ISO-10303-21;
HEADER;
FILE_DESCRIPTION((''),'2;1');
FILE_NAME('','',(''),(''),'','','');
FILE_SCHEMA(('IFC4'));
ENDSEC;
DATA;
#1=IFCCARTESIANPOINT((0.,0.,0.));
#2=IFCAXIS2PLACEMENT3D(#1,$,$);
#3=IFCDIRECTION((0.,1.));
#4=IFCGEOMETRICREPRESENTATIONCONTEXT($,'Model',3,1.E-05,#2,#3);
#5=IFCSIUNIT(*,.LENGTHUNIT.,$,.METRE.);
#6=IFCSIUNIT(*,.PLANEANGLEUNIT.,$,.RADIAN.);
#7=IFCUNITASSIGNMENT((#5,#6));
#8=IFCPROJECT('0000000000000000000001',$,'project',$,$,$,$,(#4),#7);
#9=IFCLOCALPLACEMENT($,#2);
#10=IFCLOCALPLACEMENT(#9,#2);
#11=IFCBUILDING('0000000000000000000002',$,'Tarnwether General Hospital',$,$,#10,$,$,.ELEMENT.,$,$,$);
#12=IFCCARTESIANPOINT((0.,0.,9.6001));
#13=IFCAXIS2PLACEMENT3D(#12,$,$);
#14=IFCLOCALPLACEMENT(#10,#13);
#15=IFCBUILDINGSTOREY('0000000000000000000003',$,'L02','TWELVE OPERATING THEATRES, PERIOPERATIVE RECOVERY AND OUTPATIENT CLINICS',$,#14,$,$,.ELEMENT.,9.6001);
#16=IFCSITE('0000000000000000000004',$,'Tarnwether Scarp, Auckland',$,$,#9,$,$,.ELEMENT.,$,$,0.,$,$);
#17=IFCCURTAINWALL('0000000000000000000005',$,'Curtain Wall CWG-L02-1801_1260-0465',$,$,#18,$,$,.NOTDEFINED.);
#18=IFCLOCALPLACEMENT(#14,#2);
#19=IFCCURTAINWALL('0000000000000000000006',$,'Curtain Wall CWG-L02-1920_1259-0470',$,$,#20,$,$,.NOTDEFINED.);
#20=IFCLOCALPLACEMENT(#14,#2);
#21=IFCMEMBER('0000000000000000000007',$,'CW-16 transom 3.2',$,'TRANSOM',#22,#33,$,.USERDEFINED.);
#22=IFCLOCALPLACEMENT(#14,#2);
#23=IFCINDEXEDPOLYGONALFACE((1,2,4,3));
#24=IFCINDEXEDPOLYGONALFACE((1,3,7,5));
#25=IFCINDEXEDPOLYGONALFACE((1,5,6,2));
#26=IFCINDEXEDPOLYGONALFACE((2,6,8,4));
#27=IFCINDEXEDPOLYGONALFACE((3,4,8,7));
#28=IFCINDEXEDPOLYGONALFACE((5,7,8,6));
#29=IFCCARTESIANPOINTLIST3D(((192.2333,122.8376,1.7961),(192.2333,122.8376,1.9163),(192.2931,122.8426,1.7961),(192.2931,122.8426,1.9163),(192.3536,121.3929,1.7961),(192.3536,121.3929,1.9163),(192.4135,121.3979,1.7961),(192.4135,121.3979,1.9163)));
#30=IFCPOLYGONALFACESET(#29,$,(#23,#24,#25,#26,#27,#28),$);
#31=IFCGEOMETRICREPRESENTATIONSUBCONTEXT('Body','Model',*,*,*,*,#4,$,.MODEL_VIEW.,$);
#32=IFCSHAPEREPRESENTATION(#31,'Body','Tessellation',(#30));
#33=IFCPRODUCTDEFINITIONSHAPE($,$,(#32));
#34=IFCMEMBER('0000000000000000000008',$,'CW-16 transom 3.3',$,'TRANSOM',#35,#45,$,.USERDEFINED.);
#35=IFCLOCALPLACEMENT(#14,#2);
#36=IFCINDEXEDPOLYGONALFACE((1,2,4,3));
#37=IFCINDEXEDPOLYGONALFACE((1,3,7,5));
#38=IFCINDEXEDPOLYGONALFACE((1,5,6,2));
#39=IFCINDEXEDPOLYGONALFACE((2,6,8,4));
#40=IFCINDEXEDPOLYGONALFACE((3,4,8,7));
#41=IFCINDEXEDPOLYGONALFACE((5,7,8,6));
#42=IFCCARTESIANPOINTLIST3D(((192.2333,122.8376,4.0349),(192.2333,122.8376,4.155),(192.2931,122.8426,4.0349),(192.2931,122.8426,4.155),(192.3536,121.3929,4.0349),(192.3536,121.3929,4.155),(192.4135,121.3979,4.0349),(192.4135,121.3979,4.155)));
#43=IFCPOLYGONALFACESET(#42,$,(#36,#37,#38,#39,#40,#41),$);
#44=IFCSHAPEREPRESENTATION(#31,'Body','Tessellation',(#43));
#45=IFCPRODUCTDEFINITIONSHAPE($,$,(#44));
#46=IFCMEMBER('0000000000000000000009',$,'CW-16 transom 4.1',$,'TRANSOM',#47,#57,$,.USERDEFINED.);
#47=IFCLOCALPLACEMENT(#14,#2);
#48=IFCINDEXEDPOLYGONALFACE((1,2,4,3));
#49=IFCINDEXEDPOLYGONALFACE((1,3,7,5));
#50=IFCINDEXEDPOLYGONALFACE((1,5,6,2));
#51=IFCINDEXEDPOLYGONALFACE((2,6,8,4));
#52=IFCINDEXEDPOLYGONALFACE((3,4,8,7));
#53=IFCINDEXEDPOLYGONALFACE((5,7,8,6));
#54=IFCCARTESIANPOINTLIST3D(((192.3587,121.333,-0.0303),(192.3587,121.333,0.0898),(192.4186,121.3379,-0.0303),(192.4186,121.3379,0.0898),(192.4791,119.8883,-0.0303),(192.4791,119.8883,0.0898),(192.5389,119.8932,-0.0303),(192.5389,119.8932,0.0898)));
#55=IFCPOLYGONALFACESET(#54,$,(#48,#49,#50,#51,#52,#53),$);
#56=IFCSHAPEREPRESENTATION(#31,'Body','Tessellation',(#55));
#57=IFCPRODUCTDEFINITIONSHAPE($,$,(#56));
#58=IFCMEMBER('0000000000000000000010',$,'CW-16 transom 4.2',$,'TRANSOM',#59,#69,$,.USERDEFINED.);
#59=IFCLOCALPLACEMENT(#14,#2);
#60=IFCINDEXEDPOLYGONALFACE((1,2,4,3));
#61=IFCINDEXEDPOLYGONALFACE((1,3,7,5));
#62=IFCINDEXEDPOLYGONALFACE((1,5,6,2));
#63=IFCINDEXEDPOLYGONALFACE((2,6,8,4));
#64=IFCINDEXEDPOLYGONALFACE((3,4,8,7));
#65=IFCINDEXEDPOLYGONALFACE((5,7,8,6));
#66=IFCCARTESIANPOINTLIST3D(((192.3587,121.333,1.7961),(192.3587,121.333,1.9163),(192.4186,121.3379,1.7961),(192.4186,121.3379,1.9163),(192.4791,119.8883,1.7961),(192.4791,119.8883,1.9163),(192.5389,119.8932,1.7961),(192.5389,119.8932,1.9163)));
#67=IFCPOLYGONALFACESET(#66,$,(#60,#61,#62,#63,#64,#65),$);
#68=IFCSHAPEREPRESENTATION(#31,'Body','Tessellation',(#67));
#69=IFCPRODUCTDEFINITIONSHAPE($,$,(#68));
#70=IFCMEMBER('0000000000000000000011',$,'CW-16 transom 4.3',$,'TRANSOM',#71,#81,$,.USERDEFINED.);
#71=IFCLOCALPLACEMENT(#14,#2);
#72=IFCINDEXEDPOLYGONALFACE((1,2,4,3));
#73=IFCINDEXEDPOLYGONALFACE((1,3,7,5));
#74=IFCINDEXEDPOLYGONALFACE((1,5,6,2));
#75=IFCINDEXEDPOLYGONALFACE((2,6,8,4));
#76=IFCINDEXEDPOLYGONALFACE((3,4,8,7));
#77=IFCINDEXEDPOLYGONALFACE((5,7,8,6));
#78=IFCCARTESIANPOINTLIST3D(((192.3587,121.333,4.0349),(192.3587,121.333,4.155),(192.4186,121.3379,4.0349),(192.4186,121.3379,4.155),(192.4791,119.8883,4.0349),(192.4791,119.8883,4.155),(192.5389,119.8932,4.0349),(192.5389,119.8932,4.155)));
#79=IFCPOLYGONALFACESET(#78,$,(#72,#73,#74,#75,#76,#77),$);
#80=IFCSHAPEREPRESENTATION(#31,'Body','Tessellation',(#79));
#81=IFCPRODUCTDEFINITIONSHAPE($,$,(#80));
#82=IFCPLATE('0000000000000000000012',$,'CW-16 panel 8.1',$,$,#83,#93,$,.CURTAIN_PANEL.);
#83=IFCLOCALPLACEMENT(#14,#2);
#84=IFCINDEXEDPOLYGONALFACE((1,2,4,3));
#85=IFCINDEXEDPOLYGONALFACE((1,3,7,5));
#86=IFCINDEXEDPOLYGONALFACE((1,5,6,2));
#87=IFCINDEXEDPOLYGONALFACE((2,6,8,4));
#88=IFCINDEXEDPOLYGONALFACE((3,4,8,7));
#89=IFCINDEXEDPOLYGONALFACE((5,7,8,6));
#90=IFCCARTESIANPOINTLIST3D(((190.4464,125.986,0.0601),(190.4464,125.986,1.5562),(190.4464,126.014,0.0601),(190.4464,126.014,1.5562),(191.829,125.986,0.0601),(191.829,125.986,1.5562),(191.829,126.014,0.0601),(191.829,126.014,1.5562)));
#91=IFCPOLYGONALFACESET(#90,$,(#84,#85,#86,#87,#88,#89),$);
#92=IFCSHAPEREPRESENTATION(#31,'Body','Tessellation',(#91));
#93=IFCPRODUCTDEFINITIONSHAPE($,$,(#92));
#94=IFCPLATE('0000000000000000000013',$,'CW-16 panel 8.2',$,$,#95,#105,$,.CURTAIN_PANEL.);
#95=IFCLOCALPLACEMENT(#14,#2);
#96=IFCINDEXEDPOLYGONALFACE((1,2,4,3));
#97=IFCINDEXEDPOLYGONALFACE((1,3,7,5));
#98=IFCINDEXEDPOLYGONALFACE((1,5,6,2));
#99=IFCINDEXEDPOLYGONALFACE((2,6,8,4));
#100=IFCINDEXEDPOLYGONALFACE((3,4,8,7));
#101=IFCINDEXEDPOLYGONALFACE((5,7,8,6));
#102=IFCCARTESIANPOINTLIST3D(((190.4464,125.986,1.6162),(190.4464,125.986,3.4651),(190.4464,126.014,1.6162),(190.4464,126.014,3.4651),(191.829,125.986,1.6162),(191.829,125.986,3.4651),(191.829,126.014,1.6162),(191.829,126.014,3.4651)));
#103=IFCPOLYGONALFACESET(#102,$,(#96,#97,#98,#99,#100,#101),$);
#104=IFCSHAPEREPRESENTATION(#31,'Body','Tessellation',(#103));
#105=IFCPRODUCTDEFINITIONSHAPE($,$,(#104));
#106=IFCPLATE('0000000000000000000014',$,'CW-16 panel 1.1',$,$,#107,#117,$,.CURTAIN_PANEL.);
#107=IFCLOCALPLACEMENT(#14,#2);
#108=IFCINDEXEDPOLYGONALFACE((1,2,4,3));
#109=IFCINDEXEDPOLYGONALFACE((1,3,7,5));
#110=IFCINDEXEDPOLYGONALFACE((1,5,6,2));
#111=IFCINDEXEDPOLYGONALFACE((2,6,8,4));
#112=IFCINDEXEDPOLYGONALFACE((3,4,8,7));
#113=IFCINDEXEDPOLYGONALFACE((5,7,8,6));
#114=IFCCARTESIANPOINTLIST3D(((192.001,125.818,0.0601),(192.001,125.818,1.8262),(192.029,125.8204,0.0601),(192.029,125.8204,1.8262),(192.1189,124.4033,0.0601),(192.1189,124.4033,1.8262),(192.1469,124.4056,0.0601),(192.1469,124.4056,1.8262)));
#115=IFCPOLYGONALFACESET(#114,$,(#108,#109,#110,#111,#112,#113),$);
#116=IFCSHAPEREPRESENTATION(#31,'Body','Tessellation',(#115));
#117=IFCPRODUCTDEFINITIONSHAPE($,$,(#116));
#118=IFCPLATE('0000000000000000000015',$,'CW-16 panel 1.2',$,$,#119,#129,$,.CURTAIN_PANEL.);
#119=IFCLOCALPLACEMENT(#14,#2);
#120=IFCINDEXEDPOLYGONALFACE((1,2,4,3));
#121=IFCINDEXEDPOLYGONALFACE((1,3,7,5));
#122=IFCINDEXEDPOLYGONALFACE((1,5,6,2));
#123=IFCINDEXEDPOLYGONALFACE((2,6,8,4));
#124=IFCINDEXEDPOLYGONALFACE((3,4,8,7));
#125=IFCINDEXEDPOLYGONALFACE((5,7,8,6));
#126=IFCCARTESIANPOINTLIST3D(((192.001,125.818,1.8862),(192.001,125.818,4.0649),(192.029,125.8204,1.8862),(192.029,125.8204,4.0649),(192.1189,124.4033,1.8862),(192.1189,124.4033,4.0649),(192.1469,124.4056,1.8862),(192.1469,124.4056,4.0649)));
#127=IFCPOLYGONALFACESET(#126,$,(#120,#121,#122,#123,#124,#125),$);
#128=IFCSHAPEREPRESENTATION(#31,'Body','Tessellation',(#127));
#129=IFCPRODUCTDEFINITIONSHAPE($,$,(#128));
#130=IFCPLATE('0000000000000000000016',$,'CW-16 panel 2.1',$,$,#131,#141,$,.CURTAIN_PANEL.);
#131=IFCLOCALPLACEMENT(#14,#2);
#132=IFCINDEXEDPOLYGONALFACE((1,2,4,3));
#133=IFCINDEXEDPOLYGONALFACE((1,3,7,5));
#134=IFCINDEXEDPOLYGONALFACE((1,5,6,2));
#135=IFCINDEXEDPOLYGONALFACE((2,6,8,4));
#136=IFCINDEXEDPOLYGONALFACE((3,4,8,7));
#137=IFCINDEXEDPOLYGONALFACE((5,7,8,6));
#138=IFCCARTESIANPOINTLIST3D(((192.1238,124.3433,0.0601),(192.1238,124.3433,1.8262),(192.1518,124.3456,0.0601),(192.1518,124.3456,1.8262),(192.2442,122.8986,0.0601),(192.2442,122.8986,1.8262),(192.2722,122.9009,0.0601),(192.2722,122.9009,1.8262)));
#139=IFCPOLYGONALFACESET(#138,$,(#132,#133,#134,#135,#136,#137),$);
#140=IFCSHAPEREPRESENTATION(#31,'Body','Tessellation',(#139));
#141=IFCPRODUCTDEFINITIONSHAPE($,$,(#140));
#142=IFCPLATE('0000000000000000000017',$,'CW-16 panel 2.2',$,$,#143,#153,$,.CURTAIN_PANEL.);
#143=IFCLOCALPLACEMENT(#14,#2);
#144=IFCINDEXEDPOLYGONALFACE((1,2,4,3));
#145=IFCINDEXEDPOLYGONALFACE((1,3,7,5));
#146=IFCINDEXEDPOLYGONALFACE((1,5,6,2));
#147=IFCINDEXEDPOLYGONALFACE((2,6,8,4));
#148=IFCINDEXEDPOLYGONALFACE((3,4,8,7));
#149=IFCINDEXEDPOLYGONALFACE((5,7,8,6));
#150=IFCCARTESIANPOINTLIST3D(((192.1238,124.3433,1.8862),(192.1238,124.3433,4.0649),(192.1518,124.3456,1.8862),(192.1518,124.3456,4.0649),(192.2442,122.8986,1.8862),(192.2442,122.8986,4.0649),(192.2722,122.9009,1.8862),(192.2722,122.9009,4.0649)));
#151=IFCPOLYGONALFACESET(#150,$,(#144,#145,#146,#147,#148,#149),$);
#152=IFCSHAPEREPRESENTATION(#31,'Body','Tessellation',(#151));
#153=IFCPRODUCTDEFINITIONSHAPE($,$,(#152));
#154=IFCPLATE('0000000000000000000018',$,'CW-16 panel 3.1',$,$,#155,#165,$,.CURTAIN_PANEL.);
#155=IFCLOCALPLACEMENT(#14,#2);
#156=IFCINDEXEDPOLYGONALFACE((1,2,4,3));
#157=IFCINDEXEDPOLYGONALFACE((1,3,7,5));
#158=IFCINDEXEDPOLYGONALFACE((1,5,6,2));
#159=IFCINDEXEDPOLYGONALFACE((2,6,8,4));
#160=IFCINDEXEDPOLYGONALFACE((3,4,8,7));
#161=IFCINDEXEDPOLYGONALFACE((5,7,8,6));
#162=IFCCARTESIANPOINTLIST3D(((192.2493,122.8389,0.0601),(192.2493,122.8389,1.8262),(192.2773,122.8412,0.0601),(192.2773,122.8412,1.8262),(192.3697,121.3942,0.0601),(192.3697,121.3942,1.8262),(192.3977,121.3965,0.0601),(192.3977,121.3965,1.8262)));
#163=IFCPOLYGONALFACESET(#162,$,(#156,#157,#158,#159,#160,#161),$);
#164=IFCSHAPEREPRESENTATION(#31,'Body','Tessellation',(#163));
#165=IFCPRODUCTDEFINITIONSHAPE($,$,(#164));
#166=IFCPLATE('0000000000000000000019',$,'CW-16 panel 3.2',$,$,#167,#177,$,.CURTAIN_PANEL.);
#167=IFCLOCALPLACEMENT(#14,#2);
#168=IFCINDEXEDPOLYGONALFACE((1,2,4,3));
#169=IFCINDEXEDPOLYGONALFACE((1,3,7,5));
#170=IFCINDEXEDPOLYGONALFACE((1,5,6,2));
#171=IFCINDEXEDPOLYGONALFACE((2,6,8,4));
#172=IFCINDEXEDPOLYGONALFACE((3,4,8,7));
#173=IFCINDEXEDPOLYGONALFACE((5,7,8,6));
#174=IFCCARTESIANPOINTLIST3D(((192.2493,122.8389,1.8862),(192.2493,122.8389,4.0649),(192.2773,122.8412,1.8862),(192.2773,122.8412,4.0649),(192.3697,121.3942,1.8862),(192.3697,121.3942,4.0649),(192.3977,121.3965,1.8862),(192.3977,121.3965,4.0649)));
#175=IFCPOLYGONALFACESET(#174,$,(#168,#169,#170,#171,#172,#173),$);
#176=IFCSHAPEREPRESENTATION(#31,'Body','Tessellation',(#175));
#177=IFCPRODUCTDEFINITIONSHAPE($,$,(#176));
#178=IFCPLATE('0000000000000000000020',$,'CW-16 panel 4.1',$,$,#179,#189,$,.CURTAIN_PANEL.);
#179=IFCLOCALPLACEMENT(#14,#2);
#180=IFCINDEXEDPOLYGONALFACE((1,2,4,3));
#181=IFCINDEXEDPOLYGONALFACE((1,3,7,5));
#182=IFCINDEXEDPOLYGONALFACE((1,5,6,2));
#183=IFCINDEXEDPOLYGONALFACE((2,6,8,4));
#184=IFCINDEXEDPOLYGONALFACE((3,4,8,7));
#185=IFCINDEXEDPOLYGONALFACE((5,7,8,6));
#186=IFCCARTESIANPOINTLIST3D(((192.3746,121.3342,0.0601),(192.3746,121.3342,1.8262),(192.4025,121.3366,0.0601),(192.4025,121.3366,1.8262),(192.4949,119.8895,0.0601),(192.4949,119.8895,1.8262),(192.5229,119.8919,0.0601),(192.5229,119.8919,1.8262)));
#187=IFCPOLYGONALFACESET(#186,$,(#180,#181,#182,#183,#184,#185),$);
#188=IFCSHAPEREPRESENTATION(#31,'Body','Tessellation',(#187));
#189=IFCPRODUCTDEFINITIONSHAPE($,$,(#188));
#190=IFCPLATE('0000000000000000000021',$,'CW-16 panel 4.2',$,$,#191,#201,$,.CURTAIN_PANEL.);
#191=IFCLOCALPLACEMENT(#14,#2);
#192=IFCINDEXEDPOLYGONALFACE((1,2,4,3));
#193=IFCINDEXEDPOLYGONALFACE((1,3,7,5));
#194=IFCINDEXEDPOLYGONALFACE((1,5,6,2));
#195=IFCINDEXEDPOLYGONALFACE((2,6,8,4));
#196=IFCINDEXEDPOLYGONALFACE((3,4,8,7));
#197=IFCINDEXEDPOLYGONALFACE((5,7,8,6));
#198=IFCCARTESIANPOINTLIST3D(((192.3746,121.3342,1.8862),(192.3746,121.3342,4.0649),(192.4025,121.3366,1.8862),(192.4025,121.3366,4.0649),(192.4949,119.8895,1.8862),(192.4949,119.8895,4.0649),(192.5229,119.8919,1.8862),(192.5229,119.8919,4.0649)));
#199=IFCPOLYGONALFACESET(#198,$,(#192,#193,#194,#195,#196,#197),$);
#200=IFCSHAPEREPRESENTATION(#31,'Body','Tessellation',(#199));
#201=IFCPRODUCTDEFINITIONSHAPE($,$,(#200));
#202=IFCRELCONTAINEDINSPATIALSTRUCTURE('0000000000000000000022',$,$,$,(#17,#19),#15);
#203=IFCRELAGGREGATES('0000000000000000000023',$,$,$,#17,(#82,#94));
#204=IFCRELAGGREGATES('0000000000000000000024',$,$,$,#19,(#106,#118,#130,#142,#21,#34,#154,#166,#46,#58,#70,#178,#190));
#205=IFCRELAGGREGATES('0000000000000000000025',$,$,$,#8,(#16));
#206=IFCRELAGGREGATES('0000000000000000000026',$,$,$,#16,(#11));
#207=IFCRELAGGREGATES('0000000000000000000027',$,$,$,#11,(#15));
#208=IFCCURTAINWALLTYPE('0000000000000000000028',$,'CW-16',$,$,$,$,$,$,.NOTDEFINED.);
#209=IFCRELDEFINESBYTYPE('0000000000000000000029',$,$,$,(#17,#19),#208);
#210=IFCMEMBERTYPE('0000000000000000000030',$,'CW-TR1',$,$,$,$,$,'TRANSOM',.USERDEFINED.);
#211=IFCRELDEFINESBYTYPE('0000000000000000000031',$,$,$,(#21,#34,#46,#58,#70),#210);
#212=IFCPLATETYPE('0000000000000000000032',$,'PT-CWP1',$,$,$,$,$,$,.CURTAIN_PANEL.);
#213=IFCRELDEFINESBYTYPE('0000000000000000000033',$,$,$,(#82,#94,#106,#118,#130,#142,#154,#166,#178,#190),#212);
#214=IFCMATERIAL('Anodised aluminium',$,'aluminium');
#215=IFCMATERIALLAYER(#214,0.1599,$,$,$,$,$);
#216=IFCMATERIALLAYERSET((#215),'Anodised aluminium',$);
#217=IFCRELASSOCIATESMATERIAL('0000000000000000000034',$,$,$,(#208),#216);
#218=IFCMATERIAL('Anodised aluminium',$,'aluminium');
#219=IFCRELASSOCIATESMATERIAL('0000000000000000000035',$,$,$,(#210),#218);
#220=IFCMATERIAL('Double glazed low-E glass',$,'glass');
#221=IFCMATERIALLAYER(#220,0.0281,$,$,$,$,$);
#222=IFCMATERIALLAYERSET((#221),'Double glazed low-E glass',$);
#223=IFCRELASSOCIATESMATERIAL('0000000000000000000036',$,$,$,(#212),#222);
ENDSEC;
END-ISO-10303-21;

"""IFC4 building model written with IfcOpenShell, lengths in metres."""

from ifc_helpers import new_model, si_unit, direction, frame, origin, origin_2d, place, context, subcontext, project, spatial, rectangle, extrude, material, layer, layer_set, material_profile, profile_set, type_object, element, aggregate, save


model = new_model("IFC4")

# Units and contexts
model_context = context("Model", 3, precision=1e-05, world=origin(), true_north=direction((0.0, 1.0)))
body_context = subcontext(model_context, "Body", "Model", "MODEL_VIEW")
ifc_project = project(units=[si_unit("LENGTHUNIT", "METRE"), si_unit("PLANEANGLEUNIT", "RADIAN")], contexts=[model_context])

# Site, building, storey
site_placement = place(None, origin())
site = spatial("IfcSite", under=ifc_project, at=site_placement, Name="Tarnwether Scarp, Auckland", CompositionType="ELEMENT", RefElevation=0.0)
building_placement = place(site_placement, origin())
building = spatial("IfcBuilding", under=site, at=building_placement, Name="Tarnwether General Hospital", CompositionType="ELEMENT")
storey_placement = place(building_placement, frame((0.0, 0.0, 9.6001)))
storey = spatial("IfcBuildingStorey", under=building, at=storey_placement, Name="L02", Description="TWELVE OPERATING THEATRES, PERIOPERATIVE RECOVERY AND OUTPATIENT CLINICS", CompositionType="ELEMENT", Elevation=9.6001)

# Curtain wall
ifc_material_1 = material(Name="Anodised aluminium", Category="aluminium")
ifc_layer_1 = layer(ifc_material_1, 0.1599)
ifc_layer_set_1 = layer_set([ifc_layer_1], Name="Anodised aluminium")
curtain_wall_type = type_object("IfcCurtainWallType", Name="CW-16", PredefinedType="NOTDEFINED", material=ifc_layer_set_1)
curtain_wall_1_placement = place(storey_placement, origin())
curtain_wall_1 = element("IfcCurtainWall", 1, at=curtain_wall_1_placement, inside=storey, type_object=curtain_wall_type, Name="Curtain Wall CWG-L02-1801_1260-0465", PredefinedType="NOTDEFINED")

# Curtain wall, members
curtain_wall_2_placement = place(storey_placement, origin())
curtain_wall_2 = element("IfcCurtainWall", 2, at=curtain_wall_2_placement, inside=storey, type_object=curtain_wall_type, Name="Curtain Wall CWG-L02-1920_1259-0470", PredefinedType="NOTDEFINED")
ifc_material_2 = material(Name="Anodised aluminium", Category="aluminium")
ifc_material_profile_1 = material_profile(ifc_material_2, rectangle(XDim=0.0601, YDim=0.1201, at=origin_2d()), Name="ALU-TRN-60x120")
ifc_profile_set_1 = profile_set([ifc_material_profile_1], Name="Anodised aluminium")
member_type_1 = type_object("IfcMemberType", Name="CW-TR1", ElementType="TRANSOM", PredefinedType="USERDEFINED", material=ifc_profile_set_1)
member_1_placement = place(storey_placement, frame((192.2632, 122.8401, 1.8562), z_axis=(0.083018, -0.996548, 0.0), x_axis=(0.996548, 0.083018, 0.0)))
member_1 = element("IfcMember", 3, at=member_1_placement, type_object=member_type_1, Name="CW-16 transom 3.2", ObjectType="TRANSOM", PredefinedType="USERDEFINED", context=body_context, shape_type="SweptSolid", body=[
    extrude(rectangle(XDim=0.0601, YDim=0.1201, at=origin_2d()), origin(), (0.0, 0.0, 1.0), 1.4497),
])
member_2_placement = place(storey_placement, frame((192.2632, 122.8401, 4.095), z_axis=(0.083018, -0.996548, 0.0), x_axis=(0.996548, 0.083018, 0.0)))
member_2 = element("IfcMember", 4, at=member_2_placement, type_object=member_type_1, Name="CW-16 transom 3.3", ObjectType="TRANSOM", PredefinedType="USERDEFINED", context=body_context, shape_type="SweptSolid", body=[
    extrude(rectangle(XDim=0.0601, YDim=0.1201, at=origin_2d()), origin(), (0.0, 0.0, 1.0), 1.4497),
])
member_3_placement = place(storey_placement, frame((192.3887, 121.3354, 0.0298), z_axis=(0.083018, -0.996548, 0.0), x_axis=(0.996548, 0.083018, 0.0)))
member_3 = element("IfcMember", 5, at=member_3_placement, type_object=member_type_1, Name="CW-16 transom 4.1", ObjectType="TRANSOM", PredefinedType="USERDEFINED", context=body_context, shape_type="SweptSolid", body=[
    extrude(rectangle(XDim=0.0601, YDim=0.1201, at=origin_2d()), origin(), (0.0, 0.0, 1.0), 1.4497),
])
member_4_placement = place(storey_placement, frame((192.3887, 121.3354, 1.8562), z_axis=(0.083018, -0.996548, 0.0), x_axis=(0.996548, 0.083018, 0.0)))
member_4 = element("IfcMember", 6, at=member_4_placement, type_object=member_type_1, Name="CW-16 transom 4.2", ObjectType="TRANSOM", PredefinedType="USERDEFINED", context=body_context, shape_type="SweptSolid", body=[
    extrude(rectangle(XDim=0.0601, YDim=0.1201, at=origin_2d()), origin(), (0.0, 0.0, 1.0), 1.4497),
])
member_5_placement = place(storey_placement, frame((192.3887, 121.3354, 4.095), z_axis=(0.083018, -0.996548, 0.0), x_axis=(0.996548, 0.083018, 0.0)))
member_5 = element("IfcMember", 7, at=member_5_placement, type_object=member_type_1, Name="CW-16 transom 4.3", ObjectType="TRANSOM", PredefinedType="USERDEFINED", context=body_context, shape_type="SweptSolid", body=[
    extrude(rectangle(XDim=0.0601, YDim=0.1201, at=origin_2d()), origin(), (0.0, 0.0, 1.0), 1.4497),
])

# Plates
ifc_material_3 = material(Name="Double glazed low-E glass", Category="glass")
ifc_layer_2 = layer(ifc_material_3, 0.0281)
ifc_layer_set_2 = layer_set([ifc_layer_2], Name="Double glazed low-E glass")
plate_type_1 = type_object("IfcPlateType", Name="PT-CWP1", PredefinedType="CURTAIN_PANEL", material=ifc_layer_set_2)
plate_1_placement = place(storey_placement, frame((191.1377, 126.0, 0.0601), z_axis=(0.0, 0.0, 1.0), x_axis=(1.0, 0.0, 0.0)))
plate_1 = element("IfcPlate", 8, at=plate_1_placement, type_object=plate_type_1, Name="CW-16 panel 8.1", PredefinedType="CURTAIN_PANEL", context=body_context, shape_type="SweptSolid", body=[
    extrude(rectangle(XDim=1.3826, YDim=0.0281, at=origin_2d()), origin(), (0.0, 0.0, 1.0), 1.4961),
])
plate_2_placement = place(storey_placement, frame((191.1377, 126.0, 1.6162), z_axis=(0.0, 0.0, 1.0), x_axis=(1.0, 0.0, 0.0)))
plate_2 = element("IfcPlate", 9, at=plate_2_placement, type_object=plate_type_1, Name="CW-16 panel 8.2", PredefinedType="CURTAIN_PANEL", context=body_context, shape_type="SweptSolid", body=[
    extrude(rectangle(XDim=1.3826, YDim=0.0281, at=origin_2d()), origin(), (0.0, 0.0, 1.0), 1.8489),
])
aggregate(curtain_wall_1, [plate_1, plate_2])
plate_3_placement = place(storey_placement, frame((192.074, 125.1118, 0.0601), z_axis=(0.0, 0.0, 1.0), x_axis=(0.083036, -0.996547, 0.0)))
plate_3 = element("IfcPlate", 10, at=plate_3_placement, type_object=plate_type_1, Name="CW-16 panel 1.1", PredefinedType="CURTAIN_PANEL", context=body_context, shape_type="SweptSolid", body=[
    extrude(rectangle(XDim=1.4197, YDim=0.0281, at=origin_2d()), origin(), (0.0, 0.0, 1.0), 1.7661),
])
plate_4_placement = place(storey_placement, frame((192.074, 125.1118, 1.8862), z_axis=(0.0, 0.0, 1.0), x_axis=(0.083036, -0.996547, 0.0)))
plate_4 = element("IfcPlate", 11, at=plate_4_placement, type_object=plate_type_1, Name="CW-16 panel 1.2", PredefinedType="CURTAIN_PANEL", context=body_context, shape_type="SweptSolid", body=[
    extrude(rectangle(XDim=1.4197, YDim=0.0281, at=origin_2d()), origin(), (0.0, 0.0, 1.0), 2.1787),
])
plate_5_placement = place(storey_placement, frame((192.198, 123.6221, 0.0601), z_axis=(0.0, 0.0, 1.0), x_axis=(0.083036, -0.996547, 0.0)))
plate_5 = element("IfcPlate", 12, at=plate_5_placement, type_object=plate_type_1, Name="CW-16 panel 2.1", PredefinedType="CURTAIN_PANEL", context=body_context, shape_type="SweptSolid", body=[
    extrude(rectangle(XDim=1.4497, YDim=0.0281, at=origin_2d()), origin(), (0.0, 0.0, 1.0), 1.7661),
])
plate_6_placement = place(storey_placement, frame((192.198, 123.6221, 1.8862), z_axis=(0.0, 0.0, 1.0), x_axis=(0.083036, -0.996547, 0.0)))
plate_6 = element("IfcPlate", 13, at=plate_6_placement, type_object=plate_type_1, Name="CW-16 panel 2.2", PredefinedType="CURTAIN_PANEL", context=body_context, shape_type="SweptSolid", body=[
    extrude(rectangle(XDim=1.4497, YDim=0.0281, at=origin_2d()), origin(), (0.0, 0.0, 1.0), 2.1787),
])
plate_7_placement = place(storey_placement, frame((192.3235, 122.1177, 0.0601), z_axis=(0.0, 0.0, 1.0), x_axis=(0.083036, -0.996547, 0.0)))
plate_7 = element("IfcPlate", 14, at=plate_7_placement, type_object=plate_type_1, Name="CW-16 panel 3.1", PredefinedType="CURTAIN_PANEL", context=body_context, shape_type="SweptSolid", body=[
    extrude(rectangle(XDim=1.4497, YDim=0.0281, at=origin_2d()), origin(), (0.0, 0.0, 1.0), 1.7661),
])
plate_8_placement = place(storey_placement, frame((192.3235, 122.1177, 1.8862), z_axis=(0.0, 0.0, 1.0), x_axis=(0.083036, -0.996547, 0.0)))
plate_8 = element("IfcPlate", 15, at=plate_8_placement, type_object=plate_type_1, Name="CW-16 panel 3.2", PredefinedType="CURTAIN_PANEL", context=body_context, shape_type="SweptSolid", body=[
    extrude(rectangle(XDim=1.4497, YDim=0.0281, at=origin_2d()), origin(), (0.0, 0.0, 1.0), 2.1787),
])
plate_9_placement = place(storey_placement, frame((192.4487, 120.613, 0.0601), z_axis=(0.0, 0.0, 1.0), x_axis=(0.083036, -0.996547, 0.0)))
plate_9 = element("IfcPlate", 16, at=plate_9_placement, type_object=plate_type_1, Name="CW-16 panel 4.1", PredefinedType="CURTAIN_PANEL", context=body_context, shape_type="SweptSolid", body=[
    extrude(rectangle(XDim=1.4497, YDim=0.0281, at=origin_2d()), origin(), (0.0, 0.0, 1.0), 1.7661),
])
plate_10_placement = place(storey_placement, frame((192.4487, 120.613, 1.8862), z_axis=(0.0, 0.0, 1.0), x_axis=(0.083036, -0.996547, 0.0)))
plate_10 = element("IfcPlate", 17, at=plate_10_placement, type_object=plate_type_1, Name="CW-16 panel 4.2", PredefinedType="CURTAIN_PANEL", context=body_context, shape_type="SweptSolid", body=[
    extrude(rectangle(XDim=1.4497, YDim=0.0281, at=origin_2d()), origin(), (0.0, 0.0, 1.0), 2.1787),
])
aggregate(curtain_wall_2, [plate_3, plate_4, plate_5, plate_6, member_1, member_2, plate_7, plate_8, member_3, member_4, member_5, plate_9, plate_10])

save(model, "model.ifc")
